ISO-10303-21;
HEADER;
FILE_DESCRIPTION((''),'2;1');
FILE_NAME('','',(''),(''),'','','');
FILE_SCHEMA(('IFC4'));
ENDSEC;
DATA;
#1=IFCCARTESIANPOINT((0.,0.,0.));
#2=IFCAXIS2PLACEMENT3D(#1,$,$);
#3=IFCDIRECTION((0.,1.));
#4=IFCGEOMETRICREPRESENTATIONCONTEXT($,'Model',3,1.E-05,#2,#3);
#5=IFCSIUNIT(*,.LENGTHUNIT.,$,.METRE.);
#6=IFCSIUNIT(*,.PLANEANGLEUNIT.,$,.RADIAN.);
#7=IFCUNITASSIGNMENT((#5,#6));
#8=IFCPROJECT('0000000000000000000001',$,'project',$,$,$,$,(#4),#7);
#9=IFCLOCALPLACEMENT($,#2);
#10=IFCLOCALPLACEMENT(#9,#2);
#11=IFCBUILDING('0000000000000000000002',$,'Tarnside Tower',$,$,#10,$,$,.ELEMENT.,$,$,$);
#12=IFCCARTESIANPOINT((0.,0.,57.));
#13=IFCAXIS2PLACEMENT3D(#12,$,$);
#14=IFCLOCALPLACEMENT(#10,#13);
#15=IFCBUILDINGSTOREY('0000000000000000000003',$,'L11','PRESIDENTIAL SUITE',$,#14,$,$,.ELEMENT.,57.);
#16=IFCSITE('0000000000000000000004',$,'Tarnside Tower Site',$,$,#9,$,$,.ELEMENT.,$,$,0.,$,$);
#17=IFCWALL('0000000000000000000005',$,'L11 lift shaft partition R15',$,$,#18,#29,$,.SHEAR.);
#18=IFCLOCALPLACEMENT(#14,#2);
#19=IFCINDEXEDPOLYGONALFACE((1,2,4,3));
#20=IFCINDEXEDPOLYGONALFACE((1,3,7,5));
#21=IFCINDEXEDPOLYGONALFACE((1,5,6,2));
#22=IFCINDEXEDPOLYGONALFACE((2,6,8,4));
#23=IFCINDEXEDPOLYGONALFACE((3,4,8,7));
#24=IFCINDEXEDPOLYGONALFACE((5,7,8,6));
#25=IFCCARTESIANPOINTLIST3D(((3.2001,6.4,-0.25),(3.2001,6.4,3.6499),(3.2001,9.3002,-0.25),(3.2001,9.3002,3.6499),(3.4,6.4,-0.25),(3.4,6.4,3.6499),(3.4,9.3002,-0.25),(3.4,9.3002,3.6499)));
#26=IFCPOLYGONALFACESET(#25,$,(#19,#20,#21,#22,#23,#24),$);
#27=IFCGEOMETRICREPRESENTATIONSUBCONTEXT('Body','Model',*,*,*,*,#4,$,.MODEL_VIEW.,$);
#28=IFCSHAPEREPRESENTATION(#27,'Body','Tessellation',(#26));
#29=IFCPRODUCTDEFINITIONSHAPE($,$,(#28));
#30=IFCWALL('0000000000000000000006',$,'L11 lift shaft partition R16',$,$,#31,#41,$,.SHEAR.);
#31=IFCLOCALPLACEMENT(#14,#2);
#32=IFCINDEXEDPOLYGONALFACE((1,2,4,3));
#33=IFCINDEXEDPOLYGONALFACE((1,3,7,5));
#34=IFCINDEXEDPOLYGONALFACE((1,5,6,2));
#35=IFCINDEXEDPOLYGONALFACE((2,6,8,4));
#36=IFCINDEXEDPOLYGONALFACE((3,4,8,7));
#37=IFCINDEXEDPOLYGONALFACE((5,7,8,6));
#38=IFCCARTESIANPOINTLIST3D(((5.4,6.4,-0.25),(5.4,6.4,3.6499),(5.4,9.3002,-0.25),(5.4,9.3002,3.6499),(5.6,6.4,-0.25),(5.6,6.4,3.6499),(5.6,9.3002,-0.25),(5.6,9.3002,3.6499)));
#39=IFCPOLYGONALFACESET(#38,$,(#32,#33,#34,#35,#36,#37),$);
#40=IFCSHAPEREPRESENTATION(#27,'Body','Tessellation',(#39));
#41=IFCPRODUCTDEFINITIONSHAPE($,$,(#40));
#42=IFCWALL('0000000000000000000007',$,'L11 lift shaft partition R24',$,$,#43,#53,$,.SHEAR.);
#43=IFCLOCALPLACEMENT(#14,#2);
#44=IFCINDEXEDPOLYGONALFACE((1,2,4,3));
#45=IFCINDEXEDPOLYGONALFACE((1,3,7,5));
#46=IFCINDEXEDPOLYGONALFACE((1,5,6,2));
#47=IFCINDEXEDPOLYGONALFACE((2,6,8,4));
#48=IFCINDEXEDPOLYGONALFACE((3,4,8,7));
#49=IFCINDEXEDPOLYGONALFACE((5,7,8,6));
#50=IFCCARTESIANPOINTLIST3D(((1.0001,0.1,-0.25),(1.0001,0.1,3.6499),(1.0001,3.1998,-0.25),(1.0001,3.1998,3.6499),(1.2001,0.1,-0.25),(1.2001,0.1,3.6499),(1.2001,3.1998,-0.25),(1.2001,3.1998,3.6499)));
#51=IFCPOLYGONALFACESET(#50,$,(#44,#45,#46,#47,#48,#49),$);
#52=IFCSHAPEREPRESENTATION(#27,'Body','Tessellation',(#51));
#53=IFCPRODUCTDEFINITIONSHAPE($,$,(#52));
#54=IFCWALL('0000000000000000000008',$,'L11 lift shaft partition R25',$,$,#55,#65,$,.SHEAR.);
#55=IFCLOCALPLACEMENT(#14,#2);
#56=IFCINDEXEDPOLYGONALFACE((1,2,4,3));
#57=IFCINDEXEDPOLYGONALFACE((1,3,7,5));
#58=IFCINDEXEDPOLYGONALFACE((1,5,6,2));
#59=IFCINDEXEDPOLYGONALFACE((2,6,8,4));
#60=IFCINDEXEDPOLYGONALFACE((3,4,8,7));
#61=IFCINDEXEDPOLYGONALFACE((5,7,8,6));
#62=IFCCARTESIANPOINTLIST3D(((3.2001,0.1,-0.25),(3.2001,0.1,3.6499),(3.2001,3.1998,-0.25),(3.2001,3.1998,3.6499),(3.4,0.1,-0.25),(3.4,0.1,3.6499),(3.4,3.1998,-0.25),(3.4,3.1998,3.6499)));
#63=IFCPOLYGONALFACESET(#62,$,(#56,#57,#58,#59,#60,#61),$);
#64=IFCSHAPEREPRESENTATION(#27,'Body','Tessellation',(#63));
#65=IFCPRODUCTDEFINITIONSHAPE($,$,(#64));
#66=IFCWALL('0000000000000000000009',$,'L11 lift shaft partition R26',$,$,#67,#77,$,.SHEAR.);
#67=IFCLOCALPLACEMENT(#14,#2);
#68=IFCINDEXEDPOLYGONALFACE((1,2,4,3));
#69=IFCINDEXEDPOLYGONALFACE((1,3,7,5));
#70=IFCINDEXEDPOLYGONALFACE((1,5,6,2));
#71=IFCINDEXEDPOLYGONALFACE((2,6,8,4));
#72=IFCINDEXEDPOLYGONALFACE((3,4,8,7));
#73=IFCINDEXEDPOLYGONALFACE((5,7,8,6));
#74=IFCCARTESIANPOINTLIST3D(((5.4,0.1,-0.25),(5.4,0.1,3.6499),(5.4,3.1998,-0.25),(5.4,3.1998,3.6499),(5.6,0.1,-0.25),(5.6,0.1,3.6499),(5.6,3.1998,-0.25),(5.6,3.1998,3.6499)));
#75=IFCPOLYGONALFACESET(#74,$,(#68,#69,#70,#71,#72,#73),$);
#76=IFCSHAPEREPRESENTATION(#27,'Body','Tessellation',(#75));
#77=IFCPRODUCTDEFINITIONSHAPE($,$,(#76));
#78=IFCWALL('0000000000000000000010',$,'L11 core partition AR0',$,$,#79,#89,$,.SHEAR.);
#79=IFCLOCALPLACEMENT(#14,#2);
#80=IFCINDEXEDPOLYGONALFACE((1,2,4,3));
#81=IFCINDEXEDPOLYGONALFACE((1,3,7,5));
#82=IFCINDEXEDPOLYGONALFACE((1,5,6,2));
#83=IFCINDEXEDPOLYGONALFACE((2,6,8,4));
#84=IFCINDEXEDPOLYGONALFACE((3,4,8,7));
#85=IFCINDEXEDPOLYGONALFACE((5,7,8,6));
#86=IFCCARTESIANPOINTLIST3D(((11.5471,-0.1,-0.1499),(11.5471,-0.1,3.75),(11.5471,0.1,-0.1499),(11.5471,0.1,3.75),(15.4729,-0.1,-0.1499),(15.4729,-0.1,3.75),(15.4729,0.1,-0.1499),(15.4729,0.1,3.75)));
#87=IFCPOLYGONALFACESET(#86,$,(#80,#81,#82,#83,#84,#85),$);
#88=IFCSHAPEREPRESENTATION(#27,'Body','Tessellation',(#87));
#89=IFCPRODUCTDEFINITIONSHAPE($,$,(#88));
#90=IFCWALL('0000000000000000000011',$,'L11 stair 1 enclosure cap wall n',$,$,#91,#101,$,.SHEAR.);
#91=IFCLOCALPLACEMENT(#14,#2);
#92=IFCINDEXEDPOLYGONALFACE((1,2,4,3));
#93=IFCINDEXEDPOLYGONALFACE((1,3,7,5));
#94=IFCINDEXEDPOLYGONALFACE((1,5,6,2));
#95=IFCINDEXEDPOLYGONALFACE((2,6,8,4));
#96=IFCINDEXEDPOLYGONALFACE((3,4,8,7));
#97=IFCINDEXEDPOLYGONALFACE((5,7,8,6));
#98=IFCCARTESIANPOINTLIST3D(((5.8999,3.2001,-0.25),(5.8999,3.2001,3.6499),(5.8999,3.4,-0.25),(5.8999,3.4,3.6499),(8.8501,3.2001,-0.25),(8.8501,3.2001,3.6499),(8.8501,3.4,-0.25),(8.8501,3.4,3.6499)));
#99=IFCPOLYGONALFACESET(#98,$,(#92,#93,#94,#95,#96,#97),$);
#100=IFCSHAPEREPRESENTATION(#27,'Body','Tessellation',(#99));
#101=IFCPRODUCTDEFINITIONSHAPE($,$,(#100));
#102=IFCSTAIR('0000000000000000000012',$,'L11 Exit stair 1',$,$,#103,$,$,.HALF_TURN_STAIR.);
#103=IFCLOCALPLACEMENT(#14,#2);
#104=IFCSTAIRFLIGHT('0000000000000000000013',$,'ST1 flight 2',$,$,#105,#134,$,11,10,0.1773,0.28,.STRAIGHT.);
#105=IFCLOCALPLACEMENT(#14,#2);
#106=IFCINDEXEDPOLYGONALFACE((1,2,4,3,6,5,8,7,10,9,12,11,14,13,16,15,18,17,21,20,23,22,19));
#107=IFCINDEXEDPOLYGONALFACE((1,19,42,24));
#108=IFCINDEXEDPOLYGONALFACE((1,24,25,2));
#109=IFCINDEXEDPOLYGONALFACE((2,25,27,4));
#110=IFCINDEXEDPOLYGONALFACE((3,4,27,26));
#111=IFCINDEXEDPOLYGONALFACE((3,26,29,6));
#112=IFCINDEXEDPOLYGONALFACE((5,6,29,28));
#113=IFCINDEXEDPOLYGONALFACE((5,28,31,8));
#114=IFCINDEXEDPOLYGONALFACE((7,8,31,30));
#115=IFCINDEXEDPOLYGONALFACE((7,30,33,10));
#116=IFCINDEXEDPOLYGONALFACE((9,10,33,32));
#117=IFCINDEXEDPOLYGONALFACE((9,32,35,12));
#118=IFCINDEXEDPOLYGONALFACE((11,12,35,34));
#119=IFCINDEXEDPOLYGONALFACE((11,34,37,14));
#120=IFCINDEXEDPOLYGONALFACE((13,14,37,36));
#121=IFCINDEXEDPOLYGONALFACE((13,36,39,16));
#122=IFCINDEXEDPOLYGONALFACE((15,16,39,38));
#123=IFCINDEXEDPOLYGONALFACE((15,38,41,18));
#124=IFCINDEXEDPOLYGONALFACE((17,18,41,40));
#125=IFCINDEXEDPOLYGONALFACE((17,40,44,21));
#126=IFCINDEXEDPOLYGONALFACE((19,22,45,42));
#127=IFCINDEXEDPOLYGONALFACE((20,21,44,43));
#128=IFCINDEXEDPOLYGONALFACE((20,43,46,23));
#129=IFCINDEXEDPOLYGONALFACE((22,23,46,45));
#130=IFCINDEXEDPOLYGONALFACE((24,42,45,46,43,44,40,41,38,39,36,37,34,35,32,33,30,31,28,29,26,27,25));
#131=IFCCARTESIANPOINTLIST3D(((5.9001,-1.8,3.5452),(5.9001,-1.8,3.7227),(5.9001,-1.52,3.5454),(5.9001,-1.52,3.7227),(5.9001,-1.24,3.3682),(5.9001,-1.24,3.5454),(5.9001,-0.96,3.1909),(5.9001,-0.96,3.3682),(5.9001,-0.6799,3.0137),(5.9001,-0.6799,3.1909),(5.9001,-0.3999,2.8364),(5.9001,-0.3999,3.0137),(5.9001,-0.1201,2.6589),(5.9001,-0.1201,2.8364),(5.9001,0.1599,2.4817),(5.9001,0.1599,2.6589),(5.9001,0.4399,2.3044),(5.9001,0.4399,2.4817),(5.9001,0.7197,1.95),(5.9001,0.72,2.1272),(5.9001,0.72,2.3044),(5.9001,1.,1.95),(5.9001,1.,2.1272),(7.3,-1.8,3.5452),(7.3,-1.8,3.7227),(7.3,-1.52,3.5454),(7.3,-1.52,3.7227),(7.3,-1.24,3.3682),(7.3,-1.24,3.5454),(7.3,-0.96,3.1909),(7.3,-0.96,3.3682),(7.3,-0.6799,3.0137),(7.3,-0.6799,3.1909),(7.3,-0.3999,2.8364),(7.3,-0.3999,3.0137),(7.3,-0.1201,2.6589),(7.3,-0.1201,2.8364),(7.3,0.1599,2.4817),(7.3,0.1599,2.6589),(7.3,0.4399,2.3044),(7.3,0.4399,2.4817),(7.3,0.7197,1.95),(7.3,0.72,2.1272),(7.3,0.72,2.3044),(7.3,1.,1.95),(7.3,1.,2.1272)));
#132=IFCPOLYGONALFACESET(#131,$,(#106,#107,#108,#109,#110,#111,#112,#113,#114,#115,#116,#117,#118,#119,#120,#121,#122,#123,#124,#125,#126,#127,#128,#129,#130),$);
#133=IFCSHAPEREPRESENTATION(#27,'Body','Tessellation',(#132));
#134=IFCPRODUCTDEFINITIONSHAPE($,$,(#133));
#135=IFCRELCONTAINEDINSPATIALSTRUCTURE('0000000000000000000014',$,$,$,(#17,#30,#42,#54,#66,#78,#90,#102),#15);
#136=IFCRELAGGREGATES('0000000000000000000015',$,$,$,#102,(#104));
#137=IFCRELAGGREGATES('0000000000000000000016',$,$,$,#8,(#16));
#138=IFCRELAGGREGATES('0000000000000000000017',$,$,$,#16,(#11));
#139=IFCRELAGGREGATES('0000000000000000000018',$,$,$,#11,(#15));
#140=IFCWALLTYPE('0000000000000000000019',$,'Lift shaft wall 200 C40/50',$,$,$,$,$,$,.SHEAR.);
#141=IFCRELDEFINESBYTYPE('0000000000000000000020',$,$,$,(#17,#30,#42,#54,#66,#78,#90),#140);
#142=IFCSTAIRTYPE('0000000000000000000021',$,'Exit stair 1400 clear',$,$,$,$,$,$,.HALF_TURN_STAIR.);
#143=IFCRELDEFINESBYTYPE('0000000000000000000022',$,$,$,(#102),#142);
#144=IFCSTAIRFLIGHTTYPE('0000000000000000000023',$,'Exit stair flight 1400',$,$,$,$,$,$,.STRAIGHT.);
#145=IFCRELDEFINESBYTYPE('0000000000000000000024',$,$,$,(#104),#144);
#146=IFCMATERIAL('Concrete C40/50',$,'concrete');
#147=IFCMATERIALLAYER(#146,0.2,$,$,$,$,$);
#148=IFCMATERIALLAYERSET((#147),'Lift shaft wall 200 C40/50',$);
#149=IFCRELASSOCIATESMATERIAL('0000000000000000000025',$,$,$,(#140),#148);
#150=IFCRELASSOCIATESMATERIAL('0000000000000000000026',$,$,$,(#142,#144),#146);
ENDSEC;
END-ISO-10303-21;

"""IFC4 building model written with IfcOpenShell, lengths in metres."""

from ifc_helpers import new_model, si_unit, direction, frame, frame_2d, origin, place, context, subcontext, project, spatial, polyline, rectangle, outline, extrude, material, layer, layer_set, type_object, element, aggregate, save


model = new_model("IFC4")

# Units and contexts
model_context = context("Model", 3, precision=1e-05, world=origin(), true_north=direction((0.0, 1.0)))
body_context = subcontext(model_context, "Body", "Model", "MODEL_VIEW")
ifc_project = project(units=[si_unit("LENGTHUNIT", "METRE"), si_unit("PLANEANGLEUNIT", "RADIAN")], contexts=[model_context])

# Site, building, storey
site_placement = place(None, origin())
site = spatial("IfcSite", under=ifc_project, at=site_placement, Name="Tarnside Tower Site", CompositionType="ELEMENT", RefElevation=0.0)
building_placement = place(site_placement, origin())
building = spatial("IfcBuilding", under=site, at=building_placement, Name="Tarnside Tower", CompositionType="ELEMENT")
storey_placement = place(building_placement, frame((0.0, 0.0, 57.0)))
storey = spatial("IfcBuildingStorey", under=building, at=storey_placement, Name="L11", Description="PRESIDENTIAL SUITE", CompositionType="ELEMENT", Elevation=57.0)

# Shared definitions
ifc_material_1 = material(Name="Concrete C40/50", Category="concrete")

# Walls
ifc_layer_1 = layer(ifc_material_1, 0.2)
ifc_layer_set_1 = layer_set([ifc_layer_1], Name="Lift shaft wall 200 C40/50")
wall_type_1 = type_object("IfcWallType", Name="Lift shaft wall 200 C40/50", PredefinedType="SHEAR", material=ifc_layer_set_1)
for number, where, z_axis, x_axis, name in (
    (1, (3.3, 6.3999, -0.25), (0.0, 0.0, 1.0), (0.0, 1.0, 0.0), "L11 lift shaft partition R15"),
    (2, (5.5, 6.3999, -0.25), (0.0, 0.0, 1.0), (0.0, 1.0, 0.0), "L11 lift shaft partition R16"),
):
    element("IfcWall", number, at=place(storey_placement, frame(where, z_axis=z_axis, x_axis=x_axis)), inside=storey, type_object=wall_type_1, Name=name, PredefinedType="SHEAR", context=body_context, shape_type="SweptSolid", body=[
        extrude(rectangle(XDim=2.9001, YDim=0.2, at=frame_2d((1.4502, 0.0))), origin(), (0.0, 0.0, 1.0), 3.8999),
    ])
for number, where, z_axis, x_axis, name in (
    (3, (1.1001, 0.1001, -0.25), (0.0, 0.0, 1.0), (0.0, 1.0, 0.0), "L11 lift shaft partition R24"),
    (4, (3.3, 0.1001, -0.25), (0.0, 0.0, 1.0), (0.0, 1.0, 0.0), "L11 lift shaft partition R25"),
    (5, (5.5, 0.1001, -0.25), (0.0, 0.0, 1.0), (0.0, 1.0, 0.0), "L11 lift shaft partition R26"),
):
    element("IfcWall", number, at=place(storey_placement, frame(where, z_axis=z_axis, x_axis=x_axis)), inside=storey, type_object=wall_type_1, Name=name, PredefinedType="SHEAR", context=body_context, shape_type="SweptSolid", body=[
        extrude(rectangle(XDim=3.0999, YDim=0.2, at=frame_2d((1.5498, 0.0))), origin(), (0.0, 0.0, 1.0), 3.8999),
    ])
wall_1_placement = place(storey_placement, frame((11.5471, 0.0, -0.1499), z_axis=(0.0, 0.0, 1.0), x_axis=(1.0, 0.0, 0.0)))
element("IfcWall", 6, at=wall_1_placement, inside=storey, type_object=wall_type_1, Name="L11 core partition AR0", PredefinedType="SHEAR", context=body_context, shape_type="SweptSolid", body=[
    extrude(rectangle(XDim=3.9258, YDim=0.2, at=frame_2d((1.9629, 0.0))), origin(), (0.0, 0.0, 1.0), 3.8999),
])
wall_2_placement = place(storey_placement, frame((5.8999, 3.3, -0.25), z_axis=(0.0, 0.0, 1.0), x_axis=(1.0, 0.0, 0.0)))
element("IfcWall", 7, at=wall_2_placement, inside=storey, type_object=wall_type_1, Name="L11 stair 1 enclosure cap wall n", PredefinedType="SHEAR", context=body_context, shape_type="SweptSolid", body=[
    extrude(rectangle(XDim=2.9502, YDim=0.2, at=frame_2d((1.4751, 0.0))), origin(), (0.0, 0.0, 1.0), 3.8999),
])

# Stair, stair flight
stair_type = type_object("IfcStairType", Name="Exit stair 1400 clear", PredefinedType="HALF_TURN_STAIR", material=ifc_material_1)
stair_placement = place(storey_placement, origin())
stair = element("IfcStair", 8, at=stair_placement, inside=storey, type_object=stair_type, Name="L11 Exit stair 1", PredefinedType="HALF_TURN_STAIR")
stair_flight_type = type_object("IfcStairFlightType", Name="Exit stair flight 1400", PredefinedType="STRAIGHT", material=ifc_material_1)
stair_flight_placement = place(storey_placement, frame((6.6001, 1.0, 1.95), z_axis=(0.0, 0.0, 1.0), x_axis=(0.0, -1.0, 0.0)))
stair_flight = element("IfcStairFlight", 9, at=stair_flight_placement, type_object=stair_flight_type, Name="ST1 flight 2", NumberOfRisers=11, NumberOfTreads=10, PredefinedType="STRAIGHT", RiserHeight=0.1773, TreadLength=0.28, context=body_context, shape_type="SweptSolid", body=[
    extrude(outline(polyline([(0.0, 0.0), (0.0, 0.1772), (0.28, 0.1772), (0.28, 0.3545), (0.5601, 0.3545), (0.5601, 0.5317), (0.8401, 0.5317), (0.8401, 0.709), (1.1201, 0.709), (1.1201, 0.8865), (1.3999, 0.8865), (1.3999, 1.0637), (1.6799, 1.0637), (1.6799, 1.241), (1.96, 1.241), (1.96, 1.4182), (2.24, 1.4182), (2.24, 1.5955), (2.52, 1.5955), (2.52, 1.7727), (2.8, 1.7727), (2.8, 1.95), (2.8, 1.5952), (0.2803, 0.0), (0.0, 0.0)])), frame((0.0, 0.7, 0.0), z_axis=(0.0, -1.0, 0.0), x_axis=(1.0, 0.0, 0.0)), (0.0, 0.0, 1.0), 1.3999),
])
aggregate(stair, [stair_flight])

save(model, "model.ifc")
